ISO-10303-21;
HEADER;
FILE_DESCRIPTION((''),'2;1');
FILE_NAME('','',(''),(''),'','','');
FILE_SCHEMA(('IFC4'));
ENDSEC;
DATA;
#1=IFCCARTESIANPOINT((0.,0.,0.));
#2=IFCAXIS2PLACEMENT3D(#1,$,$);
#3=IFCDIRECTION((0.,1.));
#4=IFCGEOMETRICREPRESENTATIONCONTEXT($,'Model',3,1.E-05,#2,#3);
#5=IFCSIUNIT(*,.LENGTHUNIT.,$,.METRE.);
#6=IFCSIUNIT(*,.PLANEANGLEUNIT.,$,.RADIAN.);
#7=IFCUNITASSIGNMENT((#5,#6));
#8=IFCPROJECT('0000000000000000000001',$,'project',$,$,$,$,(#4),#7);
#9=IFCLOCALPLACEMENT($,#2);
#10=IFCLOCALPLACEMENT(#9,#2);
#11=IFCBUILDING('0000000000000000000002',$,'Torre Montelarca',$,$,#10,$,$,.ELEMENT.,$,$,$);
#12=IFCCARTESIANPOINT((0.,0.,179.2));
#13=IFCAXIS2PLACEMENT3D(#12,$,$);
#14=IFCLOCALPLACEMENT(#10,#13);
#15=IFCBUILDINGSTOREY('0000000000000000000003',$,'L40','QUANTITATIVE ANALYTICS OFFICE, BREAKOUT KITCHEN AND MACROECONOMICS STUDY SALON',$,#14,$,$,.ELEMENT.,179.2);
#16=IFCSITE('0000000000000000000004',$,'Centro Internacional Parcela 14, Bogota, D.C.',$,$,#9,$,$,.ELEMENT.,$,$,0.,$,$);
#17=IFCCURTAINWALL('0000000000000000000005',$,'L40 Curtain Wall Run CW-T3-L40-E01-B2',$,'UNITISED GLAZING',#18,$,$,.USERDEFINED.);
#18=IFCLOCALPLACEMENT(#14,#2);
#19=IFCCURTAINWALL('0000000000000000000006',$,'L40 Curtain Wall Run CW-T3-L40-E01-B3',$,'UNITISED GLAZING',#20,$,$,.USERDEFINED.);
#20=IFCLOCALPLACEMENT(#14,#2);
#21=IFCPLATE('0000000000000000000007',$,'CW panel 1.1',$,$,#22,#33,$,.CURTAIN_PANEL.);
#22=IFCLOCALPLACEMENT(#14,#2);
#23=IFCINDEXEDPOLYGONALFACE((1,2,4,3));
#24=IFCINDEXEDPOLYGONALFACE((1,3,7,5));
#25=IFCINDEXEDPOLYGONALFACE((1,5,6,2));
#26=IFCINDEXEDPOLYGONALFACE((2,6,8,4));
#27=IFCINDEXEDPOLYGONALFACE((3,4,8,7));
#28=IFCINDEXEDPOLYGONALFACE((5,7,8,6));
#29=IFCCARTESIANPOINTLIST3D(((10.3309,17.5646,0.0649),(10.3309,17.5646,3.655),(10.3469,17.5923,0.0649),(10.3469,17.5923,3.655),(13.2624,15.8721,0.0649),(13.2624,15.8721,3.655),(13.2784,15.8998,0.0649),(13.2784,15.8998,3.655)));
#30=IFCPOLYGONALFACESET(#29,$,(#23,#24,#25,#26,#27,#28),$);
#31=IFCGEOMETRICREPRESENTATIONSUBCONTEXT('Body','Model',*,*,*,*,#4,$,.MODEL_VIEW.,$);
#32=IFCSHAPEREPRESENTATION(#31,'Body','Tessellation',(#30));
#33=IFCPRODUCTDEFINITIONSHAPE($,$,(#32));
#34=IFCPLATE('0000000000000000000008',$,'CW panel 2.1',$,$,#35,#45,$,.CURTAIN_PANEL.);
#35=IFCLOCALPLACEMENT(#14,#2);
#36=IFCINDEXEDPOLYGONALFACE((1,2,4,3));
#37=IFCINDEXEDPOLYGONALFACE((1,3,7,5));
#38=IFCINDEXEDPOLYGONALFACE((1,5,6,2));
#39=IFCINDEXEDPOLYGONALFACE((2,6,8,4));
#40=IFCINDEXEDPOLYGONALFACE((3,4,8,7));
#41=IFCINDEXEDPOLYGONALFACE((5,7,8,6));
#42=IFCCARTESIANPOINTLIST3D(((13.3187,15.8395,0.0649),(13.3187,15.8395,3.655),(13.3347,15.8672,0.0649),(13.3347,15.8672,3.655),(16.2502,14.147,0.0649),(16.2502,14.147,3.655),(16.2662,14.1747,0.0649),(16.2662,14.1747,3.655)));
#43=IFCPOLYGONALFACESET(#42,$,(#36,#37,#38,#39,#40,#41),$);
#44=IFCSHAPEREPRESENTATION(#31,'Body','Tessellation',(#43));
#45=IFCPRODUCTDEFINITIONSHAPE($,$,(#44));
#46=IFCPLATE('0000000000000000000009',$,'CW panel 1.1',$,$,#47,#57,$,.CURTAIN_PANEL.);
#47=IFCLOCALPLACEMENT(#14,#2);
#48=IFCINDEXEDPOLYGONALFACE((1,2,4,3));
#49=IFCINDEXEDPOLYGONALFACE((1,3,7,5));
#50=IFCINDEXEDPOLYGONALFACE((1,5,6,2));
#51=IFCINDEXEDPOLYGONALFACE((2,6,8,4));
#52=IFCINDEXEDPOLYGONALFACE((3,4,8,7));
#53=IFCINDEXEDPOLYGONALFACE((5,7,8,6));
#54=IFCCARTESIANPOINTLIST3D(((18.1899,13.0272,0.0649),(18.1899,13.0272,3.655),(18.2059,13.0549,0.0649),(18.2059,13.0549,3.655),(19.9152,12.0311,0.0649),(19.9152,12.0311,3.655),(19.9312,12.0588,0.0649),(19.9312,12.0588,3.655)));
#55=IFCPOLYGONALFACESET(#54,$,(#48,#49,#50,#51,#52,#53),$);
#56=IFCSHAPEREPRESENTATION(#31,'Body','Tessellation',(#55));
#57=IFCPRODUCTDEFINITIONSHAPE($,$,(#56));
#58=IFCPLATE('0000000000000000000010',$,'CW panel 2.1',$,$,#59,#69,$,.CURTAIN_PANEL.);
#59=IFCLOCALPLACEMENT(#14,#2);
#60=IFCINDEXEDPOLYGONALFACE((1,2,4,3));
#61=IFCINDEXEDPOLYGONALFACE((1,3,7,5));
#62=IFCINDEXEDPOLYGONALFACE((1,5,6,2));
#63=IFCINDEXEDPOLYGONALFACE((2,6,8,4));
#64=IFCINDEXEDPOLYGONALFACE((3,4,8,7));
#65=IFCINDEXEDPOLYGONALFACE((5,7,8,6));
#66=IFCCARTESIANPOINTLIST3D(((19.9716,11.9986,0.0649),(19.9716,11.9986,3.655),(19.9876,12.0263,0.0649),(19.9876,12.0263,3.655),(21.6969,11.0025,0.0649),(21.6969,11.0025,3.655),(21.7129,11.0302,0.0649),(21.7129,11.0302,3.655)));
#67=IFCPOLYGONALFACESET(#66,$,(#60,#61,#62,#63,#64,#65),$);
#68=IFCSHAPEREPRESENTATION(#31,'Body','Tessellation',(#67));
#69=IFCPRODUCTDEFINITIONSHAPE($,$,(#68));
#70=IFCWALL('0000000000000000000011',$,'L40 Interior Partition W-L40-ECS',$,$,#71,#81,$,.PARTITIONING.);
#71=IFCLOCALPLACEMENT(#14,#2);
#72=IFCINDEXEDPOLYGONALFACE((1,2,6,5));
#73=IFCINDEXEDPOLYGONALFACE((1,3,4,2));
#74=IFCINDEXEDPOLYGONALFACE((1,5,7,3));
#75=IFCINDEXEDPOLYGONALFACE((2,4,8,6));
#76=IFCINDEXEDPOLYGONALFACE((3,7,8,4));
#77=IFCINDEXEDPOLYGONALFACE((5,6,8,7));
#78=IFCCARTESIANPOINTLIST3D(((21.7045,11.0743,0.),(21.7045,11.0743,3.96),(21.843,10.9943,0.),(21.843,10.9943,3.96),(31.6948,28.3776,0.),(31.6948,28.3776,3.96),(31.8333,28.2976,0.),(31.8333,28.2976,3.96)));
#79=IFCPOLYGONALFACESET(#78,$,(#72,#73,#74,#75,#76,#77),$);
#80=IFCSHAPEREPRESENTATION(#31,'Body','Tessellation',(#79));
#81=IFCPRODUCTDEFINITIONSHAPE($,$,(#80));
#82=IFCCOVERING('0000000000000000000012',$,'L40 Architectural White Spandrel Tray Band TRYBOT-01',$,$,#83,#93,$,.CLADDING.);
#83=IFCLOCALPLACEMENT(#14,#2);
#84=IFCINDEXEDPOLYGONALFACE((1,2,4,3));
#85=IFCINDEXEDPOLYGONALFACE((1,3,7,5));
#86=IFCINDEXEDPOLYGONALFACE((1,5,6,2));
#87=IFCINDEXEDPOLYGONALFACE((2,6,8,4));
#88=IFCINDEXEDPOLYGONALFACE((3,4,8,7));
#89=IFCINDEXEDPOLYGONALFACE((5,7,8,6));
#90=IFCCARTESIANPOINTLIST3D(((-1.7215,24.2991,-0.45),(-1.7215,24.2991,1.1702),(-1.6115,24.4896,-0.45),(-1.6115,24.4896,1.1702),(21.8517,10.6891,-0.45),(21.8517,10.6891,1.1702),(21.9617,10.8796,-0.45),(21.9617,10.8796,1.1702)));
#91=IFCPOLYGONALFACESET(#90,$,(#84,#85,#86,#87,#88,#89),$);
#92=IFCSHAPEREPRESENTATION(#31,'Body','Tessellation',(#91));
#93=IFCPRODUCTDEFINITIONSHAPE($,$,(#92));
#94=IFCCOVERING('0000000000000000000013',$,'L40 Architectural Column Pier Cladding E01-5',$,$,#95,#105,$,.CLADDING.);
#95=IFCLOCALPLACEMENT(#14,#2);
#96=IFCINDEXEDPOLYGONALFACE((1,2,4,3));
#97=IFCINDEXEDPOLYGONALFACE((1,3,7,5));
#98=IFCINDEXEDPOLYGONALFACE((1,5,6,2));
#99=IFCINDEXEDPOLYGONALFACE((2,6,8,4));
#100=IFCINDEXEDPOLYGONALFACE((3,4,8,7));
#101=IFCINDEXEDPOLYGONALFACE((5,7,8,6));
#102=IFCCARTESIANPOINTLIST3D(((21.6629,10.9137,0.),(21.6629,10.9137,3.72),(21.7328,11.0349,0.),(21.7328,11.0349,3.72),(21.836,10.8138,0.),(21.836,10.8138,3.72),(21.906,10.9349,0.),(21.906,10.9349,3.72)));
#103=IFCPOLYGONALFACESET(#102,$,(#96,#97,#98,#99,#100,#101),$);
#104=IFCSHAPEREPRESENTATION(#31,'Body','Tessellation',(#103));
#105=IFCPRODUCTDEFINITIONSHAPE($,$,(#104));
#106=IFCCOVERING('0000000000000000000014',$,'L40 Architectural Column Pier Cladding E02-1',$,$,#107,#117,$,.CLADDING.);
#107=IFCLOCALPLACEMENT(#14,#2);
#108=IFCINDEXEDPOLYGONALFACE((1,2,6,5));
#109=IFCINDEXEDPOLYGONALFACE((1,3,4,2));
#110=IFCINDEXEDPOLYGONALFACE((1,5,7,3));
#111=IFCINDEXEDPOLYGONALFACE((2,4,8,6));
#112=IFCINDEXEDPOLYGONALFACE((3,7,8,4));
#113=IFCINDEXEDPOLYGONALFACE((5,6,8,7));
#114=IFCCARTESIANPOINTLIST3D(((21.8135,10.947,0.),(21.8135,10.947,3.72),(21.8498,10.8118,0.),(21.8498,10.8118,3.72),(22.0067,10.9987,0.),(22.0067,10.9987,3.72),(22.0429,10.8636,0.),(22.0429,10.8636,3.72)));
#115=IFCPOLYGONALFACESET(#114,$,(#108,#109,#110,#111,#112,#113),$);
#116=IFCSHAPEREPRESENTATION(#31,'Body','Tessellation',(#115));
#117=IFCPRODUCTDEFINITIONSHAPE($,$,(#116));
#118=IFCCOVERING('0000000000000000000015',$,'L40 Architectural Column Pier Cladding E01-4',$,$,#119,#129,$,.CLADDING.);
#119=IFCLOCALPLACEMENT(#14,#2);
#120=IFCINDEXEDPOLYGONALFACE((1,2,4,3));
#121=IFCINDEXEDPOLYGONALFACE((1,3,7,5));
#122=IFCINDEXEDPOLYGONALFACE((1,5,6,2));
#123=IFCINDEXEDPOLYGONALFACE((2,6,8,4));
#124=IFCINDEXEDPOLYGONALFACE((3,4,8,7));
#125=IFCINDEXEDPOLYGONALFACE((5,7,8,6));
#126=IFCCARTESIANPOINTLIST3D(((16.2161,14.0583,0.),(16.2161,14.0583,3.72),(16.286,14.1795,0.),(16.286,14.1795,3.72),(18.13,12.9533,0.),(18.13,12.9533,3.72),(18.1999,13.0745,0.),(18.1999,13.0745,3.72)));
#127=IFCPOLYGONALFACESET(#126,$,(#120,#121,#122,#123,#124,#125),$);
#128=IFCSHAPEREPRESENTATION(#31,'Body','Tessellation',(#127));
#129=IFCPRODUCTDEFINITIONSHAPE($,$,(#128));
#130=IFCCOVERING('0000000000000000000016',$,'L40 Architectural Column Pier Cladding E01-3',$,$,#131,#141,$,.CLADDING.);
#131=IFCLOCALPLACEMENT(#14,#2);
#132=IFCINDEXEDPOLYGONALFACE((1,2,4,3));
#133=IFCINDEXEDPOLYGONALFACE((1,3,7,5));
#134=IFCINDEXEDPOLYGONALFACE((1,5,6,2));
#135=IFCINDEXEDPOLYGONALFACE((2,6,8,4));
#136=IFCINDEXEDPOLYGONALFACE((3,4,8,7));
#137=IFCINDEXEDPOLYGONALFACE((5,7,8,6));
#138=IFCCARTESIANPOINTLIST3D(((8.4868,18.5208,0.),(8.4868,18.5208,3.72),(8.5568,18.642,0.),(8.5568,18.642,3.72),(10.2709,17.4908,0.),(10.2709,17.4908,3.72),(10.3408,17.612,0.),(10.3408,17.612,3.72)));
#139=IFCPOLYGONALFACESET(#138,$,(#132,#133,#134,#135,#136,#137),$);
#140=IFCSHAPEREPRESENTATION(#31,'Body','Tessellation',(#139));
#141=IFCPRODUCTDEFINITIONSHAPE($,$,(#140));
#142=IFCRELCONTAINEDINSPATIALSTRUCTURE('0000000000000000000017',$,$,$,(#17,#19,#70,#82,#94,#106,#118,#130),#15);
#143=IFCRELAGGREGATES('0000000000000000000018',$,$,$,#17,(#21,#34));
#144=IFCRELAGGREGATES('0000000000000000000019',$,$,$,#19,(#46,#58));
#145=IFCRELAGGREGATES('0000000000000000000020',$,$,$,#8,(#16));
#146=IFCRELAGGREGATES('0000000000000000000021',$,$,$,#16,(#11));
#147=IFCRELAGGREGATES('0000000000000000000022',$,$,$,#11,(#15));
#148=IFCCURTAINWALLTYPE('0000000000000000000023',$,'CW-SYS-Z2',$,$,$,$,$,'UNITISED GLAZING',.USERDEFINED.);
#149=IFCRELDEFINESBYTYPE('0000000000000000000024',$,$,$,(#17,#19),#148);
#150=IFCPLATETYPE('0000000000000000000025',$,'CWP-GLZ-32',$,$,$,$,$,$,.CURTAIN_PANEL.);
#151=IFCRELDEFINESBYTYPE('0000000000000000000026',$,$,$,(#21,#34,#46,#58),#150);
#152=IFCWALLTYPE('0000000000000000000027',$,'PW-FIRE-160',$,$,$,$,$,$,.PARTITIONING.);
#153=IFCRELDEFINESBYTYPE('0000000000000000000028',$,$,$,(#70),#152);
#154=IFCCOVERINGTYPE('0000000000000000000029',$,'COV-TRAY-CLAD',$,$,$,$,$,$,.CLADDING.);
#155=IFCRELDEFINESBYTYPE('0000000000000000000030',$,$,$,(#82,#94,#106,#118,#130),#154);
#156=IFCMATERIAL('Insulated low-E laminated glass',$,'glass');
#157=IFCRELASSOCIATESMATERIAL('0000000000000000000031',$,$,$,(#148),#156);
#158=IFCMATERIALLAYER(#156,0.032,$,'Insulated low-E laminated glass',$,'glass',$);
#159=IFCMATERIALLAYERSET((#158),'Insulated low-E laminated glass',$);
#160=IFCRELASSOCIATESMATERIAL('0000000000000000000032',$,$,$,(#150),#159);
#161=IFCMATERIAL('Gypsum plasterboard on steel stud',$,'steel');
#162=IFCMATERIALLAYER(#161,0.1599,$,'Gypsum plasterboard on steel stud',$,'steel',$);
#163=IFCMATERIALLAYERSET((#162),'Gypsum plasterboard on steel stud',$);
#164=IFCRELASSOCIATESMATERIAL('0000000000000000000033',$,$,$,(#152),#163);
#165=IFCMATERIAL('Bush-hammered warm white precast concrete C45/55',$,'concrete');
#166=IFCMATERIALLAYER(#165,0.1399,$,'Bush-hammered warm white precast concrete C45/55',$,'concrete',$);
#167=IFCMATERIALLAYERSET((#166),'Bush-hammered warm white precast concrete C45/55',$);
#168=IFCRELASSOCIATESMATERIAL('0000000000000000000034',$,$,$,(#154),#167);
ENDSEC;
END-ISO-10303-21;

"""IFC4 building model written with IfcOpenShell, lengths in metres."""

from ifc_helpers import new_model, si_unit, direction, frame, frame_2d, origin, origin_2d, place, context, subcontext, project, spatial, rectangle, extrude, source, transform, mapped, material, layer, layer_set, type_object, element, aggregate, save


model = new_model("IFC4")

# Units and contexts
model_context = context("Model", 3, precision=1e-05, world=origin(), true_north=direction((0.0, 1.0)))
body_context = subcontext(model_context, "Body", "Model", "MODEL_VIEW")
ifc_project = project(units=[si_unit("LENGTHUNIT", "METRE"), si_unit("PLANEANGLEUNIT", "RADIAN")], contexts=[model_context])

# Site, building, storey
site_placement = place(None, origin())
site = spatial("IfcSite", under=ifc_project, at=site_placement, Name="Centro Internacional Parcela 14, Bogota, D.C.", CompositionType="ELEMENT", RefElevation=0.0)
building_placement = place(site_placement, origin())
building = spatial("IfcBuilding", under=site, at=building_placement, Name="Torre Montelarca", CompositionType="ELEMENT")
storey_placement = place(building_placement, frame((0.0, 0.0, 179.2)))
storey = spatial("IfcBuildingStorey", under=building, at=storey_placement, Name="L40", Description="QUANTITATIVE ANALYTICS OFFICE, BREAKOUT KITCHEN AND MACROECONOMICS STUDY SALON", CompositionType="ELEMENT", Elevation=179.2)

# Shared definitions
ifc_material_1 = material(Name="Insulated low-E laminated glass", Category="glass")
curtain_wall_type = type_object("IfcCurtainWallType", Name="CW-SYS-Z2", ElementType="UNITISED GLAZING", PredefinedType="USERDEFINED", material=ifc_material_1)

# Curtain walls
curtain_wall_1_placement = place(storey_placement, origin())
curtain_wall_1 = element("IfcCurtainWall", 1, at=curtain_wall_1_placement, inside=storey, type_object=curtain_wall_type, Name="L40 Curtain Wall Run CW-T3-L40-E01-B2", ObjectType="UNITISED GLAZING", PredefinedType="USERDEFINED")
curtain_wall_2_placement = place(storey_placement, origin())
curtain_wall_2 = element("IfcCurtainWall", 2, at=curtain_wall_2_placement, inside=storey, type_object=curtain_wall_type, Name="L40 Curtain Wall Run CW-T3-L40-E01-B3", ObjectType="UNITISED GLAZING", PredefinedType="USERDEFINED")

# Plates
ifc_layer_1 = layer(ifc_material_1, 0.032, Name="Insulated low-E laminated glass", Category="glass")
ifc_layer_set_1 = layer_set([ifc_layer_1], Name="Insulated low-E laminated glass")
plate_type = type_object("IfcPlateType", Name="CWP-GLZ-32", PredefinedType="CURTAIN_PANEL", material=ifc_layer_set_1)
shared_shape_1 = source(origin(), body_context, "Body", "SweptSolid", [
    extrude(rectangle(XDim=3.385, YDim=0.032, at=origin_2d()), origin(), (0.0, 0.0, 1.0), 3.5901),
])
plate_1_placement = place(storey_placement, frame((11.8047, 16.7322, 0.0649), z_axis=(0.0, 0.0, 1.0), x_axis=(0.866023, -0.500004, 0.0)))
plate_1 = element("IfcPlate", 3, at=plate_1_placement, type_object=plate_type, Name="CW panel 1.1", PredefinedType="CURTAIN_PANEL", context=body_context, shape_type="MappedRepresentation", body=[
    mapped(shared_shape_1, transform((0.0, 0.0, 0.0), scale=1.0)),
])
plate_2_placement = place(storey_placement, frame((14.7925, 15.0071, 0.0649), z_axis=(0.0, 0.0, 1.0), x_axis=(0.866023, -0.500004, 0.0)))
plate_2 = element("IfcPlate", 4, at=plate_2_placement, type_object=plate_type, Name="CW panel 2.1", PredefinedType="CURTAIN_PANEL", context=body_context, shape_type="MappedRepresentation", body=[
    mapped(shared_shape_1, transform((0.0, 0.0, 0.0), scale=1.0)),
])
aggregate(curtain_wall_1, [plate_1, plate_2])
shared_shape_2 = source(origin(), body_context, "Body", "SweptSolid", [
    extrude(rectangle(XDim=1.9922, YDim=0.032, at=origin_2d()), origin(), (0.0, 0.0, 1.0), 3.5901),
])
plate_3_placement = place(storey_placement, frame((19.0605, 12.543, 0.0649), z_axis=(0.0, 0.0, 1.0), x_axis=(0.866032, -0.499989, 0.0)))
plate_3 = element("IfcPlate", 5, at=plate_3_placement, type_object=plate_type, Name="CW panel 1.1", PredefinedType="CURTAIN_PANEL", context=body_context, shape_type="MappedRepresentation", body=[
    mapped(shared_shape_2, transform((0.0, 0.0, 0.0), scale=1.0)),
])
plate_4_placement = place(storey_placement, frame((20.8423, 11.5144, 0.0649), z_axis=(0.0, 0.0, 1.0), x_axis=(0.866032, -0.499989, 0.0)))
plate_4 = element("IfcPlate", 6, at=plate_4_placement, type_object=plate_type, Name="CW panel 2.1", PredefinedType="CURTAIN_PANEL", context=body_context, shape_type="MappedRepresentation", body=[
    mapped(shared_shape_2, transform((0.0, 0.0, 0.0), scale=1.0)),
])
aggregate(curtain_wall_2, [plate_3, plate_4])

# Wall
ifc_material_2 = material(Name="Gypsum plasterboard on steel stud", Category="steel")
ifc_layer_2 = layer(ifc_material_2, 0.1599, Name="Gypsum plasterboard on steel stud", Category="steel")
ifc_layer_set_2 = layer_set([ifc_layer_2], Name="Gypsum plasterboard on steel stud")
wall_type = type_object("IfcWallType", Name="PW-FIRE-160", PredefinedType="PARTITIONING", material=ifc_layer_set_2)
wall_placement = place(storey_placement, frame((21.7737, 11.0342, 0.0), z_axis=(0.0, 0.0, 1.0), x_axis=(0.500008, 0.866021, 0.0)))
element("IfcWall", 7, at=wall_placement, inside=storey, type_object=wall_type, Name="L40 Interior Partition W-L40-ECS", PredefinedType="PARTITIONING", context=body_context, shape_type="SweptSolid", body=[
    extrude(rectangle(XDim=19.9802, YDim=0.1599, at=frame_2d((9.9902, 0.0))), origin(), (0.0, 0.0, 1.0), 3.96),
])

# Coverings
ifc_material_3 = material(Name="Bush-hammered warm white precast concrete C45/55", Category="concrete")
ifc_layer_3 = layer(ifc_material_3, 0.1399, Name="Bush-hammered warm white precast concrete C45/55", Category="concrete")
ifc_layer_set_3 = layer_set([ifc_layer_3], Name="Bush-hammered warm white precast concrete C45/55")
covering_type = type_object("IfcCoveringType", Name="COV-TRAY-CLAD", PredefinedType="CLADDING", material=ifc_layer_set_3)
shared_shape_3 = source(origin(), body_context, "Body", "SweptSolid", [
    extrude(rectangle(XDim=27.22, YDim=0.22, at=origin_2d()), origin(), (0.0, 0.0, 1.0), 1.6201),
])
covering_1_placement = place(storey_placement, frame((10.1201, 17.5894, -0.45), z_axis=(0.0, 0.0, 1.0), x_axis=(0.866025, -0.5, 0.0)))
element("IfcCovering", 8, at=covering_1_placement, inside=storey, type_object=covering_type, Name="L40 Architectural White Spandrel Tray Band TRYBOT-01", PredefinedType="CLADDING", context=body_context, shape_type="MappedRepresentation", body=[
    mapped(shared_shape_3, transform((0.0, 0.0, 0.0), scale=1.0)),
])
shared_shape_4 = source(origin(), body_context, "Body", "SweptSolid", [
    extrude(rectangle(XDim=0.2, YDim=0.1399, at=origin_2d()), origin(), (0.0, 0.0, 1.0), 3.72),
])
for number, where, z_axis, x_axis, name in (
    (9, (21.7844, 10.9243, 0.0), (0.0, 0.0, 1.0), (0.866025, -0.5, 0.0), "L40 Architectural Column Pier Cladding E01-5"),
    (10, (21.9282, 10.9053, 0.0), (0.0, 0.0, 1.0), (0.965923, 0.258829, 0.0), "L40 Architectural Column Pier Cladding E02-1"),
):
    element("IfcCovering", number, at=place(storey_placement, frame(where, z_axis=z_axis, x_axis=x_axis)), inside=storey, type_object=covering_type, Name=name, PredefinedType="CLADDING", context=body_context, shape_type="MappedRepresentation", body=[
        mapped(shared_shape_4, transform((0.0, 0.0, 0.0), scale=1.0)),
    ])
shared_shape_5 = source(origin(), body_context, "Body", "SweptSolid", [
    extrude(rectangle(XDim=2.21, YDim=0.1399, at=origin_2d()), origin(), (0.0, 0.0, 1.0), 3.72),
])
covering_2_placement = place(storey_placement, frame((17.208, 13.5664, 0.0), z_axis=(0.0, 0.0, 1.0), x_axis=(0.866025, -0.5, 0.0)))
element("IfcCovering", 11, at=covering_2_placement, inside=storey, type_object=covering_type, Name="L40 Architectural Column Pier Cladding E01-4", PredefinedType="CLADDING", context=body_context, shape_type="MappedRepresentation", body=[
    mapped(shared_shape_5, transform((0.0, 0.0, 0.0), scale=1.0)),
])
shared_shape_6 = source(origin(), body_context, "Body", "SweptSolid", [
    extrude(rectangle(XDim=2.0601, YDim=0.1399, at=origin_2d()), origin(), (0.0, 0.0, 1.0), 3.72),
])
covering_3_placement = place(storey_placement, frame((9.4138, 18.0664, 0.0), z_axis=(0.0, 0.0, 1.0), x_axis=(0.866025, -0.5, 0.0)))
element("IfcCovering", 12, at=covering_3_placement, inside=storey, type_object=covering_type, Name="L40 Architectural Column Pier Cladding E01-3", PredefinedType="CLADDING", context=body_context, shape_type="MappedRepresentation", body=[
    mapped(shared_shape_6, transform((0.0, 0.0, 0.0), scale=1.0)),
])

save(model, "model.ifc")
